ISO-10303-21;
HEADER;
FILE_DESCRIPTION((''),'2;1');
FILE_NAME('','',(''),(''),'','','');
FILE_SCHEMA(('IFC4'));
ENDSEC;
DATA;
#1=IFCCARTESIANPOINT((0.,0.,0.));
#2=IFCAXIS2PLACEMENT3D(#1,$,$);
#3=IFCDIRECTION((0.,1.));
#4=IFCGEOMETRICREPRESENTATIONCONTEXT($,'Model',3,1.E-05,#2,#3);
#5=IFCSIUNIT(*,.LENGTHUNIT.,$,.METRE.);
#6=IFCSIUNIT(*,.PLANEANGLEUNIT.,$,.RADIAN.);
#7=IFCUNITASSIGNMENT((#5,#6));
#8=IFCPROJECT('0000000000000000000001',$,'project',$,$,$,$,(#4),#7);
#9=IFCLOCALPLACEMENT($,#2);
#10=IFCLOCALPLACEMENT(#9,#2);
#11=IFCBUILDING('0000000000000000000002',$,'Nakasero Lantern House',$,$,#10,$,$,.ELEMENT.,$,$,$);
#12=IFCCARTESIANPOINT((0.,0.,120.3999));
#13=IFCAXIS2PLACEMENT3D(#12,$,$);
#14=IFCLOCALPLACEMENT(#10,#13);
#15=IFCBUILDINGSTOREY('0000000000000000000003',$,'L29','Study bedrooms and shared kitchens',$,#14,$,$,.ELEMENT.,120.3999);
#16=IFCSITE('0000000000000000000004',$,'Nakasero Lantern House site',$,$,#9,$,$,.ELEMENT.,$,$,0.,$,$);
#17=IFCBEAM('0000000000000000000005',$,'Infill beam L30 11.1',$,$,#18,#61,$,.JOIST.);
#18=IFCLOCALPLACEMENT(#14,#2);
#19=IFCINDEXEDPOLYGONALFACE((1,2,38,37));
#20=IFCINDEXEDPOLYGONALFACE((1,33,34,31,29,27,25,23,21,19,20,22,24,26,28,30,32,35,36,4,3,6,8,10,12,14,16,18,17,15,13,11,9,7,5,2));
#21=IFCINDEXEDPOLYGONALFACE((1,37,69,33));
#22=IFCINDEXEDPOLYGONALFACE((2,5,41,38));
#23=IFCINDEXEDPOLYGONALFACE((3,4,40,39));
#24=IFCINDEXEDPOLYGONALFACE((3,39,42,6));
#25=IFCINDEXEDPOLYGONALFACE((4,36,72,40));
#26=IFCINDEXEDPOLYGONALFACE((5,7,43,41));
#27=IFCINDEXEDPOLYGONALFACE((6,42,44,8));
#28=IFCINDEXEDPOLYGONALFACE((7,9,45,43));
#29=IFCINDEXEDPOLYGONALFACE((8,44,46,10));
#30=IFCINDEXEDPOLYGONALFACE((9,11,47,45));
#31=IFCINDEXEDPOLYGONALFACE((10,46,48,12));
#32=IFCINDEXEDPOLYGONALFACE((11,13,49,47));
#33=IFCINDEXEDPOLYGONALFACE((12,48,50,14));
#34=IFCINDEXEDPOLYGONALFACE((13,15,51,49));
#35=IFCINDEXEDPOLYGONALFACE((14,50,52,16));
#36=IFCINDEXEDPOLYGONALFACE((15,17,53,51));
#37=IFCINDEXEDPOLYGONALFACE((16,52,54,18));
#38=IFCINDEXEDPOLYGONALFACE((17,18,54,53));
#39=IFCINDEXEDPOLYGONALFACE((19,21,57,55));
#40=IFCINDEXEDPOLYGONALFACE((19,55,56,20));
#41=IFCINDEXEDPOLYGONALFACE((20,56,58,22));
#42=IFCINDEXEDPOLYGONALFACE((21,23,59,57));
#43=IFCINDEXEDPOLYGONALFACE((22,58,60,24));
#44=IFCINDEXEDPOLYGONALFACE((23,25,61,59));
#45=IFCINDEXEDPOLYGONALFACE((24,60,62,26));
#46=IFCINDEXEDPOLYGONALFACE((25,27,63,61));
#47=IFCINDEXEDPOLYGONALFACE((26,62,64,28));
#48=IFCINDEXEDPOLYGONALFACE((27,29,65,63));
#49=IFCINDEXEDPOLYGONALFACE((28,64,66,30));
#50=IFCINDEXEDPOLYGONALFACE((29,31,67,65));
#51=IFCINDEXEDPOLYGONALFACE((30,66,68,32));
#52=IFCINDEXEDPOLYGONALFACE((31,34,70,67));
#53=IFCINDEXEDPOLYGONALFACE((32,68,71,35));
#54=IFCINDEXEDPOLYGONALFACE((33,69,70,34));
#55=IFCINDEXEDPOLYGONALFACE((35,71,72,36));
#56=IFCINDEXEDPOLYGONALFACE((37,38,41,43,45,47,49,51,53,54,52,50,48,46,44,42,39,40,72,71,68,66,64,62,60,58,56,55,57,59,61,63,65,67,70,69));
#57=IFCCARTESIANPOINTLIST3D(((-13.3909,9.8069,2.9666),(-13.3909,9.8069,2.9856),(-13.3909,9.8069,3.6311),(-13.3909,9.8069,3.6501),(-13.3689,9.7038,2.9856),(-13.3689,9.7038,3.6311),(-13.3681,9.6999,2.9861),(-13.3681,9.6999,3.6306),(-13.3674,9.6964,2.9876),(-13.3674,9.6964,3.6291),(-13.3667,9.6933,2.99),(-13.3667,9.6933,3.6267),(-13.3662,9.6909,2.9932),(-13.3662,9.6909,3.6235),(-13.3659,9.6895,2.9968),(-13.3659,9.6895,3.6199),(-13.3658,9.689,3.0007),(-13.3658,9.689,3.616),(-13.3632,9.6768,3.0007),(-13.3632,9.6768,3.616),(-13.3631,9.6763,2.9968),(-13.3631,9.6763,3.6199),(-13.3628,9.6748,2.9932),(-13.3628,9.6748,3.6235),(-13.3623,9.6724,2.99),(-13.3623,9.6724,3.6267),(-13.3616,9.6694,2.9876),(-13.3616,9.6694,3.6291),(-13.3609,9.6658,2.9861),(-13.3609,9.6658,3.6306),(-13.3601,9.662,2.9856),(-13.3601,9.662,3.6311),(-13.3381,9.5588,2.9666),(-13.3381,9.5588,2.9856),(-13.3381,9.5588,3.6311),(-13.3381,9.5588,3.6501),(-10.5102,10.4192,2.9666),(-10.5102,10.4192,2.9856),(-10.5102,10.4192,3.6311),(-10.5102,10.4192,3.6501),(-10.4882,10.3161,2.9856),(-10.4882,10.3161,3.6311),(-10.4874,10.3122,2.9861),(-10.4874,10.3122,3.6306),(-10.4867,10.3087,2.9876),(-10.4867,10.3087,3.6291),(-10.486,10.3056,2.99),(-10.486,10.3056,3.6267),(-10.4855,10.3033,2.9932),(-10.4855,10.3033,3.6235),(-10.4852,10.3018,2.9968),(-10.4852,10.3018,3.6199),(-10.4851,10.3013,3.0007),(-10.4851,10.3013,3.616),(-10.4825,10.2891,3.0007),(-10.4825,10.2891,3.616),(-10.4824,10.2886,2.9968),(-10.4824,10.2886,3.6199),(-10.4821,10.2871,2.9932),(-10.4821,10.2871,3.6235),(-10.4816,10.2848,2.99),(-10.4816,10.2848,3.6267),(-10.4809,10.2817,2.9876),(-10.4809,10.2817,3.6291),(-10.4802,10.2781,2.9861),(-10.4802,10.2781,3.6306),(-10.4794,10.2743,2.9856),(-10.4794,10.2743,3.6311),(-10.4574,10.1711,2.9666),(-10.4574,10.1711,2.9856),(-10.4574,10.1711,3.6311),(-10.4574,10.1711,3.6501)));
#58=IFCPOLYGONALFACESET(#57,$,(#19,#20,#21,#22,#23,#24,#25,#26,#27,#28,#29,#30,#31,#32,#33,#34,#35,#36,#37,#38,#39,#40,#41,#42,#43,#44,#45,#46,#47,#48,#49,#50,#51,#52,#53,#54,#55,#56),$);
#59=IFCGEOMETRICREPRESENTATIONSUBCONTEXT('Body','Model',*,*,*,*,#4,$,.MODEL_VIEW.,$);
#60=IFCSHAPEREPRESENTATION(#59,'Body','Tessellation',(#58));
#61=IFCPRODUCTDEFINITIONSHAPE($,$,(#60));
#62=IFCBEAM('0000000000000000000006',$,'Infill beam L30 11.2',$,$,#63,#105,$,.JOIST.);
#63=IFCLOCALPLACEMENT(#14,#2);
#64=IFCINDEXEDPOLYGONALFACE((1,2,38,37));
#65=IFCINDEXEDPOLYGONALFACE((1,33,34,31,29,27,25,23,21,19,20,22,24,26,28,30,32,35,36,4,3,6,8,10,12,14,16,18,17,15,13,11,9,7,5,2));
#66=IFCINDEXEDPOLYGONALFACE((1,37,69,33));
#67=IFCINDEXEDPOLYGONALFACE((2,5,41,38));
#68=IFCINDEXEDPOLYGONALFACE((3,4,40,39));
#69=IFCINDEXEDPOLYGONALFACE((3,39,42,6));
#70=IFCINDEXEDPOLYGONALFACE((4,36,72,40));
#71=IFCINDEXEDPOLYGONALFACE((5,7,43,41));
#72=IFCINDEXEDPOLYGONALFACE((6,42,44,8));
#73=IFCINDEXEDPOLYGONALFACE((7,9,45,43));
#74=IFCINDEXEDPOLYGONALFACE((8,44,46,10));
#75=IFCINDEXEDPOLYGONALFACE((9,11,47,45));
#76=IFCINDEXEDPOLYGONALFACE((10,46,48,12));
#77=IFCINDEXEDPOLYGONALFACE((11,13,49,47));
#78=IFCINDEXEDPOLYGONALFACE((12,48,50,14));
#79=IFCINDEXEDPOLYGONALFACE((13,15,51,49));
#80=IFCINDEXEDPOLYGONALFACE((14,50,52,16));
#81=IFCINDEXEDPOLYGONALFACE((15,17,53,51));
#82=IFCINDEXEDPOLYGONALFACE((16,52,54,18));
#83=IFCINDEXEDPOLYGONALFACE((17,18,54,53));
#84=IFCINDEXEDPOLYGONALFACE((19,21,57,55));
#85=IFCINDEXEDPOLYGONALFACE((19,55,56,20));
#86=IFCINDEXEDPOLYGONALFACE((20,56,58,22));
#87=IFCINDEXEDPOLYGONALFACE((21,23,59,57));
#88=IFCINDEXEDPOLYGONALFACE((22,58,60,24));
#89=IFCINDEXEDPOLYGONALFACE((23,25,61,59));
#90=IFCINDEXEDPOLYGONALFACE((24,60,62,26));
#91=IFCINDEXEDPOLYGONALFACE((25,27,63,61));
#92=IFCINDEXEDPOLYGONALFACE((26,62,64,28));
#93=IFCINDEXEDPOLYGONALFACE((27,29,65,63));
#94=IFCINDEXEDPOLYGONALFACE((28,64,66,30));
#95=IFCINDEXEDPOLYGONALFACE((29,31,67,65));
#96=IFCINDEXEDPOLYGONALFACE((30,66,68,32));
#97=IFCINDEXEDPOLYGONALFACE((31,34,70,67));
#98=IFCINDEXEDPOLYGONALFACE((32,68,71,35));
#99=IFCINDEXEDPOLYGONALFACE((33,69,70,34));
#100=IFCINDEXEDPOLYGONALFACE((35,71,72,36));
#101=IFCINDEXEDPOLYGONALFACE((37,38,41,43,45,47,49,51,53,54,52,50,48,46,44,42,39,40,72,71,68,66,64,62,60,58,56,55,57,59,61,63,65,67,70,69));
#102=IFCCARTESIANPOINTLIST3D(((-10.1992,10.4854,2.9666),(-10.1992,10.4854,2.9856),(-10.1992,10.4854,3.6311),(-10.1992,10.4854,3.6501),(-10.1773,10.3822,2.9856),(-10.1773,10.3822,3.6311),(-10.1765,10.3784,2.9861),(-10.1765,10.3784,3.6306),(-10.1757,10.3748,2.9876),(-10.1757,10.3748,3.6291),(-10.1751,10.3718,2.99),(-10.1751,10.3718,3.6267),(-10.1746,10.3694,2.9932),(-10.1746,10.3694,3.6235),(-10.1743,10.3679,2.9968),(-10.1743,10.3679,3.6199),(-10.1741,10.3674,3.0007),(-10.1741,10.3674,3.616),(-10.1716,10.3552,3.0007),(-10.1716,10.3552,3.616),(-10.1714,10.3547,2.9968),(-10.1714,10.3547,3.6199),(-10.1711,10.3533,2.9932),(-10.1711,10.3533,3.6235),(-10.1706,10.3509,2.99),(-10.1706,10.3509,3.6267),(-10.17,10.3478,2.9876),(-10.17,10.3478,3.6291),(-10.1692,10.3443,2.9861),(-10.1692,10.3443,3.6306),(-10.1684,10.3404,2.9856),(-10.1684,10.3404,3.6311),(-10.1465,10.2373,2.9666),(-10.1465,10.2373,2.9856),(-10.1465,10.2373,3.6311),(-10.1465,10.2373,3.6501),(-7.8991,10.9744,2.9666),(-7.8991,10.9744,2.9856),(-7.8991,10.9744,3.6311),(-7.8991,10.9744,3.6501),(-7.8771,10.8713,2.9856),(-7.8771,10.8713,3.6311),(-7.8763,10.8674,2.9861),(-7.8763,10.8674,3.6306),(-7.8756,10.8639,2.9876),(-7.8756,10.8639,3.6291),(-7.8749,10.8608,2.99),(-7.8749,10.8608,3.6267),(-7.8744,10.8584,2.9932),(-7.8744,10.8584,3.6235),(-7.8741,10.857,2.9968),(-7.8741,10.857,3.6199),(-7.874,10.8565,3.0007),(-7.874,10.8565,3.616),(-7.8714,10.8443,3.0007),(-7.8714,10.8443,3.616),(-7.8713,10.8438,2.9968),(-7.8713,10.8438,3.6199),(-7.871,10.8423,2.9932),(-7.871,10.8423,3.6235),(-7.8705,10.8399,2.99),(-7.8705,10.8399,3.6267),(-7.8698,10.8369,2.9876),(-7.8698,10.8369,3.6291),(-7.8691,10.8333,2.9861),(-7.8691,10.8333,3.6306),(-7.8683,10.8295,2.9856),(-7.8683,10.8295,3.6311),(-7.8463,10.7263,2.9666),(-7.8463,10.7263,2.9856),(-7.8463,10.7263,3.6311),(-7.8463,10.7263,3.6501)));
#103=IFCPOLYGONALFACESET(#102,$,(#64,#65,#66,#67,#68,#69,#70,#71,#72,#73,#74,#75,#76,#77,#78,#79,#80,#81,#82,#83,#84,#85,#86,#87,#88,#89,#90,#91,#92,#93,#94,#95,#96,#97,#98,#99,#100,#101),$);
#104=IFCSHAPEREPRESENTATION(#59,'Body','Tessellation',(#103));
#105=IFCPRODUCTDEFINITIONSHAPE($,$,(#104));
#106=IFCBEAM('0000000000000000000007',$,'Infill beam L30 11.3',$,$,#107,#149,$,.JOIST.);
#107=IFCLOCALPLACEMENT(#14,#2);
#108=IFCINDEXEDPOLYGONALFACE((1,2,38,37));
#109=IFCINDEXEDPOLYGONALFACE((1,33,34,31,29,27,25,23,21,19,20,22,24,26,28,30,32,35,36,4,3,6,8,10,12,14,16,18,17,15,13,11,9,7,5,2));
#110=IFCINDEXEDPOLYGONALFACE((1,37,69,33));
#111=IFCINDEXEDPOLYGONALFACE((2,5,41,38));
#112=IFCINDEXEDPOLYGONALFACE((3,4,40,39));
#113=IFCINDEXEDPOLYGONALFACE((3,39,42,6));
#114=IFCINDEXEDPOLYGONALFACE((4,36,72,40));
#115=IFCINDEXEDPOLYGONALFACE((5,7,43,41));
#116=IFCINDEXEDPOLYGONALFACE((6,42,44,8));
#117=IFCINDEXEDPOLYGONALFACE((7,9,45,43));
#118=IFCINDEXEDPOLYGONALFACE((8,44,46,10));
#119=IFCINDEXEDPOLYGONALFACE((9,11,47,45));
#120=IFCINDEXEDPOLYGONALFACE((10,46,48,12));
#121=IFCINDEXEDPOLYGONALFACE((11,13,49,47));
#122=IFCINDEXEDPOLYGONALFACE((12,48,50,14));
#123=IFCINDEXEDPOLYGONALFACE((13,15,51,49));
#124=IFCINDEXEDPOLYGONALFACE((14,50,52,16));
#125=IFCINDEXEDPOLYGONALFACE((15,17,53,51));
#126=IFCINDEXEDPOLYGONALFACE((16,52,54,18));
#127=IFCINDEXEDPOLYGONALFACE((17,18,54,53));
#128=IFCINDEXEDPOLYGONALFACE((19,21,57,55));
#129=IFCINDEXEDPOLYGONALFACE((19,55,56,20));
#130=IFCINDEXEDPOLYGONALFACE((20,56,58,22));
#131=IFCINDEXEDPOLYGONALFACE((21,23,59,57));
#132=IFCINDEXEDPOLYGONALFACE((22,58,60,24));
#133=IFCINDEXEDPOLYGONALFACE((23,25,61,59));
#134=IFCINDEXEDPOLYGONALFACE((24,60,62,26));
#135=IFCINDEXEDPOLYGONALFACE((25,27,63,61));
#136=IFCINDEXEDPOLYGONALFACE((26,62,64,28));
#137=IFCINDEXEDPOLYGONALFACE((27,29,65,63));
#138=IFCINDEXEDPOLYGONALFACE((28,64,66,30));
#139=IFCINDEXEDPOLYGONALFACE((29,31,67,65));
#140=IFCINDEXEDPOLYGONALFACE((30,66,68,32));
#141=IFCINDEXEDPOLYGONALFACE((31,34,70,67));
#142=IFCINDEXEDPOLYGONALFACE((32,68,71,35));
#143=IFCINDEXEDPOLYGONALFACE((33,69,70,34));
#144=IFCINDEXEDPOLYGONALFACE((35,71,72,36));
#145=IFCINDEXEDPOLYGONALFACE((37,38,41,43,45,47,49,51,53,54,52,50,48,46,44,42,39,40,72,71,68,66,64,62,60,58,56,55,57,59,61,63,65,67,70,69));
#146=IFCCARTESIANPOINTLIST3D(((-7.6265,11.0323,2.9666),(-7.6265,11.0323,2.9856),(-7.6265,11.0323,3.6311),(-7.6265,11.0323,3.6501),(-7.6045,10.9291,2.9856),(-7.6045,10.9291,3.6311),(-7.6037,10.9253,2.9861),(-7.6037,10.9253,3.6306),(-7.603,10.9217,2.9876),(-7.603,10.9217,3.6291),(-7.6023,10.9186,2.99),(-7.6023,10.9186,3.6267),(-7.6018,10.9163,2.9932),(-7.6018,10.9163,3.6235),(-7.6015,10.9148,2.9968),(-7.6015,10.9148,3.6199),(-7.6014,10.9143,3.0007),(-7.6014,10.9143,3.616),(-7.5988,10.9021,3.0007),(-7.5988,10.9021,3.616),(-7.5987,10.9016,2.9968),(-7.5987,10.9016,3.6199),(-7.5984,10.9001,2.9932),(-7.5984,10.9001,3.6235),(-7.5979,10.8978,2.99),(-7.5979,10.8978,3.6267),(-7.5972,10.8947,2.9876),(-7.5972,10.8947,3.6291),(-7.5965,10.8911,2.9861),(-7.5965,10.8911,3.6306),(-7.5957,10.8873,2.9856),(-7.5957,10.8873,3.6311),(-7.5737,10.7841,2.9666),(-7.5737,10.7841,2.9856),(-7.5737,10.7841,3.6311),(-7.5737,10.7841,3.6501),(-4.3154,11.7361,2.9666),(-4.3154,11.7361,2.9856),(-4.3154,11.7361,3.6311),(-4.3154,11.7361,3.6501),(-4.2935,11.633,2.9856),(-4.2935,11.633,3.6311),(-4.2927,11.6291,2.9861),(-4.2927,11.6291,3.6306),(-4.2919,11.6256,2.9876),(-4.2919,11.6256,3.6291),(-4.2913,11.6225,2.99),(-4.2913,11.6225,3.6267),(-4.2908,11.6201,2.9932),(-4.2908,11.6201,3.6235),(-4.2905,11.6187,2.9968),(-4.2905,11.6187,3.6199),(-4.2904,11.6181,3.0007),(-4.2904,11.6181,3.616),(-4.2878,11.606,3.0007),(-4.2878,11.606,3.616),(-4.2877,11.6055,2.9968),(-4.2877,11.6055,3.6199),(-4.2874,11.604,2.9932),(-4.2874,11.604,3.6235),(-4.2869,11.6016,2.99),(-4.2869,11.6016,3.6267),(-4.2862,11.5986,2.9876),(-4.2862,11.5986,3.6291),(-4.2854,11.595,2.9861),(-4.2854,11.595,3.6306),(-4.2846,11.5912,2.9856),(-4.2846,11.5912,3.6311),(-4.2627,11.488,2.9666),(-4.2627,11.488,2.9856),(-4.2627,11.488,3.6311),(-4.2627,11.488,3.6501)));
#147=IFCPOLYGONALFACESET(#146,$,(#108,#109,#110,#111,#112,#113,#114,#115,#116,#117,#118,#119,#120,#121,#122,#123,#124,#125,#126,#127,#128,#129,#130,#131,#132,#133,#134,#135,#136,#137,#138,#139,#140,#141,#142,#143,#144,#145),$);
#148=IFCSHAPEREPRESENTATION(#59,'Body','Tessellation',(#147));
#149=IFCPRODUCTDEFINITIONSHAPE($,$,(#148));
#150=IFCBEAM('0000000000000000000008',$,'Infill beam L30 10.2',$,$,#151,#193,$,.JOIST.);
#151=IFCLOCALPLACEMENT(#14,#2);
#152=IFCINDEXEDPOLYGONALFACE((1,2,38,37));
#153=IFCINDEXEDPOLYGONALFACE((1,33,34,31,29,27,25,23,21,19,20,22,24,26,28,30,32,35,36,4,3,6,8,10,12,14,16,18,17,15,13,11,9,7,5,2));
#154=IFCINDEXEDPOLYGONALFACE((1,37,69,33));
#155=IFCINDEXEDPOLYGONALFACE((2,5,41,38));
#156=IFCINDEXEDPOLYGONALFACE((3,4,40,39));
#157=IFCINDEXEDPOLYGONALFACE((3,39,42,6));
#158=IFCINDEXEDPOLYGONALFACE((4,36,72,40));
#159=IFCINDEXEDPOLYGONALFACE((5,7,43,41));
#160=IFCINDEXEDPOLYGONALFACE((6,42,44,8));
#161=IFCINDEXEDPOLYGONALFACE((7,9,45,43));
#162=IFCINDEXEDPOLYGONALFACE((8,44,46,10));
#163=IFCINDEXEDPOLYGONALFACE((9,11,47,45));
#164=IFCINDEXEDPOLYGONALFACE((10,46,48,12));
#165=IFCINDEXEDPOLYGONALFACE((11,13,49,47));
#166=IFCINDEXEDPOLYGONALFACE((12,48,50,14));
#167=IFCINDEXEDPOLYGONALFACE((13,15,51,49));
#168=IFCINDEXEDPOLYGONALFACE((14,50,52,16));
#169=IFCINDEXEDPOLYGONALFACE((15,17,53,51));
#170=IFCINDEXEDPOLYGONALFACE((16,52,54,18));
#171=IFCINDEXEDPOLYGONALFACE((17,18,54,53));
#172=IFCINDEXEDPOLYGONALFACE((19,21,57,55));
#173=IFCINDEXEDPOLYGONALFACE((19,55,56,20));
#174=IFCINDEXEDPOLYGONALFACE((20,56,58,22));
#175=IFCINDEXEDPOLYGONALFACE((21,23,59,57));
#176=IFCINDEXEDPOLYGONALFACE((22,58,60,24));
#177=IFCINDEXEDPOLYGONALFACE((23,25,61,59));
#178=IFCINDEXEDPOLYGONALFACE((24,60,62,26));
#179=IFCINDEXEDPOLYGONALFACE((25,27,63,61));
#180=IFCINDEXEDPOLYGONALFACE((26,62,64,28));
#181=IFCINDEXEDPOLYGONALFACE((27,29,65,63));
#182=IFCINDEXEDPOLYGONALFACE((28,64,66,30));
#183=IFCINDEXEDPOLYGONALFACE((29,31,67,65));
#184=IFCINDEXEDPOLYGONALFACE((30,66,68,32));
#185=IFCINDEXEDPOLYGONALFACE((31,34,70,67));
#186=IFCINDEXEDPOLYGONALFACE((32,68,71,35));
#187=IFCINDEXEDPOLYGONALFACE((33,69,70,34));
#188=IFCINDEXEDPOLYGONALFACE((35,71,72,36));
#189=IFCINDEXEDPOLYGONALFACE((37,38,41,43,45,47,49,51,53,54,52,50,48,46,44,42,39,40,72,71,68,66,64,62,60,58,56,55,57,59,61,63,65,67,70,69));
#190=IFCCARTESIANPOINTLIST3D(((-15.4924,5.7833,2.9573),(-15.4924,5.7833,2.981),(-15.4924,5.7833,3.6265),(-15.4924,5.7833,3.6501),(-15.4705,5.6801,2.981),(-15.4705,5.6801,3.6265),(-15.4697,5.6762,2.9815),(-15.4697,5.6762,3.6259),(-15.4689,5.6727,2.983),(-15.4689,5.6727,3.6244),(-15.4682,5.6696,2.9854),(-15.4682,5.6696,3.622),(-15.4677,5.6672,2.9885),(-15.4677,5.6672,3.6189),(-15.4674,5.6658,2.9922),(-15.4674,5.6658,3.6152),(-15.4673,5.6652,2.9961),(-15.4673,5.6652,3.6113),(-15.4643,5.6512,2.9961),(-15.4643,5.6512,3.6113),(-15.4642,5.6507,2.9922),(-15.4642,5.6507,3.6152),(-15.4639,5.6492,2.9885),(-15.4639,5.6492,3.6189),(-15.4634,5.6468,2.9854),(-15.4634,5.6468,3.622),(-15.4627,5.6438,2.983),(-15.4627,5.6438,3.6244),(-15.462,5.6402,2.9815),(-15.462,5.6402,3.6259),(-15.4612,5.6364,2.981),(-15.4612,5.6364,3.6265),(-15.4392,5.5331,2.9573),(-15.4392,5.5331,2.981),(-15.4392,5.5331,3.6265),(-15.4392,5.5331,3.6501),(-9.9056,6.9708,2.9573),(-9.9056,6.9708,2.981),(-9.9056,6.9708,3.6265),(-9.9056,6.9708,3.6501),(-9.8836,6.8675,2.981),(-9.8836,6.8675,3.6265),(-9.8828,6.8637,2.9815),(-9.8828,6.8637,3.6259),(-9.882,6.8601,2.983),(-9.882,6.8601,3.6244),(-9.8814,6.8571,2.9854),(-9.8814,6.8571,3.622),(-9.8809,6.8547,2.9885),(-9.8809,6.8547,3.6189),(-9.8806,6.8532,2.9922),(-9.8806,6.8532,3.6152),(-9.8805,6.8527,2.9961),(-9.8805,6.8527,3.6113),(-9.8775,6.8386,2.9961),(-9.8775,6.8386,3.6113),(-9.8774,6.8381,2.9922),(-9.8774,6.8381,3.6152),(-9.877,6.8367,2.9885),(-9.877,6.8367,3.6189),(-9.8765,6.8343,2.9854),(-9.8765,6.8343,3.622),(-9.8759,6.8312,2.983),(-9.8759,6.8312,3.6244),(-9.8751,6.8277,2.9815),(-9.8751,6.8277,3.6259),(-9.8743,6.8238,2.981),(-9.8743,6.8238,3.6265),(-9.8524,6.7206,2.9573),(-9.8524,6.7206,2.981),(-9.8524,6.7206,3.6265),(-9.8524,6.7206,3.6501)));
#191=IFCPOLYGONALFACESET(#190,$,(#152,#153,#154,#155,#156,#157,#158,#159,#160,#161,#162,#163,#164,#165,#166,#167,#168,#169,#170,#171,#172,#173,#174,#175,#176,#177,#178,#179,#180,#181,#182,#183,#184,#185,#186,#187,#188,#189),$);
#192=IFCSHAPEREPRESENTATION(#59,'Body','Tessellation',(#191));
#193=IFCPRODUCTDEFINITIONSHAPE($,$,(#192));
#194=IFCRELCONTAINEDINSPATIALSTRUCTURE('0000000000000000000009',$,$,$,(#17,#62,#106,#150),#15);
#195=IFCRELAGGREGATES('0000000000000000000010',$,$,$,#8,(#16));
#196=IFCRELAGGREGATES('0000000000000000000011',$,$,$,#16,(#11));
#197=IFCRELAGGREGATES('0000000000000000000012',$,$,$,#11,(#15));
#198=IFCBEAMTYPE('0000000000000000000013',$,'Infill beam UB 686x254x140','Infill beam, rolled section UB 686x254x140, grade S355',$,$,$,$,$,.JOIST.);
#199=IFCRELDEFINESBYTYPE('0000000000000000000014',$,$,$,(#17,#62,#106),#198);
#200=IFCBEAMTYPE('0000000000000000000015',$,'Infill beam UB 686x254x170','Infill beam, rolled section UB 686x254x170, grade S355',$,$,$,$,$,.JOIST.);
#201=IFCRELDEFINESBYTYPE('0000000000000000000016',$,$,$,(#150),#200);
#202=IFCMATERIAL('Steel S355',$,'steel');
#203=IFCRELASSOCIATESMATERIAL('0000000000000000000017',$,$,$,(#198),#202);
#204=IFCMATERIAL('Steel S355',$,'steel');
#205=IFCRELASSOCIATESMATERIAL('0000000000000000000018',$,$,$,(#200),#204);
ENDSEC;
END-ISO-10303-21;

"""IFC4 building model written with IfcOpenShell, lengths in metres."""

from ifc_helpers import new_model, si_unit, direction, frame, origin, origin_2d, place, context, subcontext, project, spatial, i_section, extrude, material, material_profile, profile_set, type_object, element, save


model = new_model("IFC4")

# Units and contexts
model_context = context("Model", 3, precision=1e-05, world=origin(), true_north=direction((0.0, 1.0)))
body_context = subcontext(model_context, "Body", "Model", "MODEL_VIEW")
ifc_project = project(units=[si_unit("LENGTHUNIT", "METRE"), si_unit("PLANEANGLEUNIT", "RADIAN")], contexts=[model_context])

# Site, building, storey
site_placement = place(None, origin())
site = spatial("IfcSite", under=ifc_project, at=site_placement, Name="Nakasero Lantern House site", CompositionType="ELEMENT", RefElevation=0.0)
building_placement = place(site_placement, origin())
building = spatial("IfcBuilding", under=site, at=building_placement, Name="Nakasero Lantern House", CompositionType="ELEMENT")
storey_placement = place(building_placement, frame((0.0, 0.0, 120.3999)))
storey = spatial("IfcBuildingStorey", under=building, at=storey_placement, Name="L29", Description="Study bedrooms and shared kitchens", CompositionType="ELEMENT", Elevation=120.3999)

# Beams
ifc_material_1 = material(Name="Steel S355", Category="steel")
ifc_material_profile_1 = material_profile(ifc_material_1, i_section(OverallWidth=0.2537, OverallDepth=0.6836, WebThickness=0.0125, FlangeThickness=0.019, FilletRadius=0.0151, at=origin_2d()), Name="UB 686x254x140")
ifc_profile_set_1 = profile_set([ifc_material_profile_1], Name="Steel S355")
beam_type_1 = type_object("IfcBeamType", Name="Infill beam UB 686x254x140", Description="Infill beam, rolled section UB 686x254x140, grade S355", PredefinedType="JOIST", material=ifc_profile_set_1)
beam_1_placement = place(storey_placement, frame((-13.3645, 9.6829, 3.3083), z_axis=(0.978147, 0.207915, 0.0), x_axis=(-0.207915, 0.978147, 0.0)))
element("IfcBeam", 1, at=beam_1_placement, inside=storey, type_object=beam_type_1, Name="Infill beam L30 11.1", PredefinedType="JOIST", context=body_context, shape_type="SweptSolid", body=[
    extrude(i_section(OverallWidth=0.2537, OverallDepth=0.6836, WebThickness=0.0125, FlangeThickness=0.019, FilletRadius=0.0151, at=origin_2d()), origin(), (0.0, 0.0, 1.0), 2.9451),
])
beam_2_placement = place(storey_placement, frame((-10.1729, 10.3613, 3.3083), z_axis=(0.978137, 0.207962, 0.0), x_axis=(-0.207962, 0.978137, 0.0)))
element("IfcBeam", 2, at=beam_2_placement, inside=storey, type_object=beam_type_1, Name="Infill beam L30 11.2", PredefinedType="JOIST", context=body_context, shape_type="SweptSolid", body=[
    extrude(i_section(OverallWidth=0.2537, OverallDepth=0.6836, WebThickness=0.0125, FlangeThickness=0.019, FilletRadius=0.0151, at=origin_2d()), origin(), (0.0, 0.0, 1.0), 2.3516),
])
beam_3_placement = place(storey_placement, frame((-7.6001, 10.9082, 3.3083), z_axis=(0.978143, 0.207933, 0.0), x_axis=(-0.207933, 0.978143, 0.0)))
element("IfcBeam", 3, at=beam_3_placement, inside=storey, type_object=beam_type_1, Name="Infill beam L30 11.3", PredefinedType="JOIST", context=body_context, shape_type="SweptSolid", body=[
    extrude(i_section(OverallWidth=0.2537, OverallDepth=0.6836, WebThickness=0.0125, FlangeThickness=0.019, FilletRadius=0.0151, at=origin_2d()), origin(), (0.0, 0.0, 1.0), 3.385),
])
ifc_material_2 = material(Name="Steel S355", Category="steel")
ifc_material_profile_2 = material_profile(ifc_material_2, i_section(OverallWidth=0.2559, OverallDepth=0.6929, WebThickness=0.0144, FlangeThickness=0.0237, FilletRadius=0.0151, at=origin_2d()), Name="UB 686x254x170")
ifc_profile_set_2 = profile_set([ifc_material_profile_2], Name="Steel S355")
beam_type_2 = type_object("IfcBeamType", Name="Infill beam UB 686x254x170", Description="Infill beam, rolled section UB 686x254x170, grade S355", PredefinedType="JOIST", material=ifc_profile_set_2)
beam_4_placement = place(storey_placement, frame((-15.4658, 5.6582, 3.3037), z_axis=(0.978149, 0.207906, 0.0), x_axis=(-0.207906, 0.978149, 0.0)))
element("IfcBeam", 4, at=beam_4_placement, inside=storey, type_object=beam_type_2, Name="Infill beam L30 10.2", PredefinedType="JOIST", context=body_context, shape_type="SweptSolid", body=[
    extrude(i_section(OverallWidth=0.2559, OverallDepth=0.6929, WebThickness=0.0144, FlangeThickness=0.0237, FilletRadius=0.0151, at=origin_2d()), origin(), (0.0, 0.0, 1.0), 5.7117),
])

save(model, "model.ifc")
